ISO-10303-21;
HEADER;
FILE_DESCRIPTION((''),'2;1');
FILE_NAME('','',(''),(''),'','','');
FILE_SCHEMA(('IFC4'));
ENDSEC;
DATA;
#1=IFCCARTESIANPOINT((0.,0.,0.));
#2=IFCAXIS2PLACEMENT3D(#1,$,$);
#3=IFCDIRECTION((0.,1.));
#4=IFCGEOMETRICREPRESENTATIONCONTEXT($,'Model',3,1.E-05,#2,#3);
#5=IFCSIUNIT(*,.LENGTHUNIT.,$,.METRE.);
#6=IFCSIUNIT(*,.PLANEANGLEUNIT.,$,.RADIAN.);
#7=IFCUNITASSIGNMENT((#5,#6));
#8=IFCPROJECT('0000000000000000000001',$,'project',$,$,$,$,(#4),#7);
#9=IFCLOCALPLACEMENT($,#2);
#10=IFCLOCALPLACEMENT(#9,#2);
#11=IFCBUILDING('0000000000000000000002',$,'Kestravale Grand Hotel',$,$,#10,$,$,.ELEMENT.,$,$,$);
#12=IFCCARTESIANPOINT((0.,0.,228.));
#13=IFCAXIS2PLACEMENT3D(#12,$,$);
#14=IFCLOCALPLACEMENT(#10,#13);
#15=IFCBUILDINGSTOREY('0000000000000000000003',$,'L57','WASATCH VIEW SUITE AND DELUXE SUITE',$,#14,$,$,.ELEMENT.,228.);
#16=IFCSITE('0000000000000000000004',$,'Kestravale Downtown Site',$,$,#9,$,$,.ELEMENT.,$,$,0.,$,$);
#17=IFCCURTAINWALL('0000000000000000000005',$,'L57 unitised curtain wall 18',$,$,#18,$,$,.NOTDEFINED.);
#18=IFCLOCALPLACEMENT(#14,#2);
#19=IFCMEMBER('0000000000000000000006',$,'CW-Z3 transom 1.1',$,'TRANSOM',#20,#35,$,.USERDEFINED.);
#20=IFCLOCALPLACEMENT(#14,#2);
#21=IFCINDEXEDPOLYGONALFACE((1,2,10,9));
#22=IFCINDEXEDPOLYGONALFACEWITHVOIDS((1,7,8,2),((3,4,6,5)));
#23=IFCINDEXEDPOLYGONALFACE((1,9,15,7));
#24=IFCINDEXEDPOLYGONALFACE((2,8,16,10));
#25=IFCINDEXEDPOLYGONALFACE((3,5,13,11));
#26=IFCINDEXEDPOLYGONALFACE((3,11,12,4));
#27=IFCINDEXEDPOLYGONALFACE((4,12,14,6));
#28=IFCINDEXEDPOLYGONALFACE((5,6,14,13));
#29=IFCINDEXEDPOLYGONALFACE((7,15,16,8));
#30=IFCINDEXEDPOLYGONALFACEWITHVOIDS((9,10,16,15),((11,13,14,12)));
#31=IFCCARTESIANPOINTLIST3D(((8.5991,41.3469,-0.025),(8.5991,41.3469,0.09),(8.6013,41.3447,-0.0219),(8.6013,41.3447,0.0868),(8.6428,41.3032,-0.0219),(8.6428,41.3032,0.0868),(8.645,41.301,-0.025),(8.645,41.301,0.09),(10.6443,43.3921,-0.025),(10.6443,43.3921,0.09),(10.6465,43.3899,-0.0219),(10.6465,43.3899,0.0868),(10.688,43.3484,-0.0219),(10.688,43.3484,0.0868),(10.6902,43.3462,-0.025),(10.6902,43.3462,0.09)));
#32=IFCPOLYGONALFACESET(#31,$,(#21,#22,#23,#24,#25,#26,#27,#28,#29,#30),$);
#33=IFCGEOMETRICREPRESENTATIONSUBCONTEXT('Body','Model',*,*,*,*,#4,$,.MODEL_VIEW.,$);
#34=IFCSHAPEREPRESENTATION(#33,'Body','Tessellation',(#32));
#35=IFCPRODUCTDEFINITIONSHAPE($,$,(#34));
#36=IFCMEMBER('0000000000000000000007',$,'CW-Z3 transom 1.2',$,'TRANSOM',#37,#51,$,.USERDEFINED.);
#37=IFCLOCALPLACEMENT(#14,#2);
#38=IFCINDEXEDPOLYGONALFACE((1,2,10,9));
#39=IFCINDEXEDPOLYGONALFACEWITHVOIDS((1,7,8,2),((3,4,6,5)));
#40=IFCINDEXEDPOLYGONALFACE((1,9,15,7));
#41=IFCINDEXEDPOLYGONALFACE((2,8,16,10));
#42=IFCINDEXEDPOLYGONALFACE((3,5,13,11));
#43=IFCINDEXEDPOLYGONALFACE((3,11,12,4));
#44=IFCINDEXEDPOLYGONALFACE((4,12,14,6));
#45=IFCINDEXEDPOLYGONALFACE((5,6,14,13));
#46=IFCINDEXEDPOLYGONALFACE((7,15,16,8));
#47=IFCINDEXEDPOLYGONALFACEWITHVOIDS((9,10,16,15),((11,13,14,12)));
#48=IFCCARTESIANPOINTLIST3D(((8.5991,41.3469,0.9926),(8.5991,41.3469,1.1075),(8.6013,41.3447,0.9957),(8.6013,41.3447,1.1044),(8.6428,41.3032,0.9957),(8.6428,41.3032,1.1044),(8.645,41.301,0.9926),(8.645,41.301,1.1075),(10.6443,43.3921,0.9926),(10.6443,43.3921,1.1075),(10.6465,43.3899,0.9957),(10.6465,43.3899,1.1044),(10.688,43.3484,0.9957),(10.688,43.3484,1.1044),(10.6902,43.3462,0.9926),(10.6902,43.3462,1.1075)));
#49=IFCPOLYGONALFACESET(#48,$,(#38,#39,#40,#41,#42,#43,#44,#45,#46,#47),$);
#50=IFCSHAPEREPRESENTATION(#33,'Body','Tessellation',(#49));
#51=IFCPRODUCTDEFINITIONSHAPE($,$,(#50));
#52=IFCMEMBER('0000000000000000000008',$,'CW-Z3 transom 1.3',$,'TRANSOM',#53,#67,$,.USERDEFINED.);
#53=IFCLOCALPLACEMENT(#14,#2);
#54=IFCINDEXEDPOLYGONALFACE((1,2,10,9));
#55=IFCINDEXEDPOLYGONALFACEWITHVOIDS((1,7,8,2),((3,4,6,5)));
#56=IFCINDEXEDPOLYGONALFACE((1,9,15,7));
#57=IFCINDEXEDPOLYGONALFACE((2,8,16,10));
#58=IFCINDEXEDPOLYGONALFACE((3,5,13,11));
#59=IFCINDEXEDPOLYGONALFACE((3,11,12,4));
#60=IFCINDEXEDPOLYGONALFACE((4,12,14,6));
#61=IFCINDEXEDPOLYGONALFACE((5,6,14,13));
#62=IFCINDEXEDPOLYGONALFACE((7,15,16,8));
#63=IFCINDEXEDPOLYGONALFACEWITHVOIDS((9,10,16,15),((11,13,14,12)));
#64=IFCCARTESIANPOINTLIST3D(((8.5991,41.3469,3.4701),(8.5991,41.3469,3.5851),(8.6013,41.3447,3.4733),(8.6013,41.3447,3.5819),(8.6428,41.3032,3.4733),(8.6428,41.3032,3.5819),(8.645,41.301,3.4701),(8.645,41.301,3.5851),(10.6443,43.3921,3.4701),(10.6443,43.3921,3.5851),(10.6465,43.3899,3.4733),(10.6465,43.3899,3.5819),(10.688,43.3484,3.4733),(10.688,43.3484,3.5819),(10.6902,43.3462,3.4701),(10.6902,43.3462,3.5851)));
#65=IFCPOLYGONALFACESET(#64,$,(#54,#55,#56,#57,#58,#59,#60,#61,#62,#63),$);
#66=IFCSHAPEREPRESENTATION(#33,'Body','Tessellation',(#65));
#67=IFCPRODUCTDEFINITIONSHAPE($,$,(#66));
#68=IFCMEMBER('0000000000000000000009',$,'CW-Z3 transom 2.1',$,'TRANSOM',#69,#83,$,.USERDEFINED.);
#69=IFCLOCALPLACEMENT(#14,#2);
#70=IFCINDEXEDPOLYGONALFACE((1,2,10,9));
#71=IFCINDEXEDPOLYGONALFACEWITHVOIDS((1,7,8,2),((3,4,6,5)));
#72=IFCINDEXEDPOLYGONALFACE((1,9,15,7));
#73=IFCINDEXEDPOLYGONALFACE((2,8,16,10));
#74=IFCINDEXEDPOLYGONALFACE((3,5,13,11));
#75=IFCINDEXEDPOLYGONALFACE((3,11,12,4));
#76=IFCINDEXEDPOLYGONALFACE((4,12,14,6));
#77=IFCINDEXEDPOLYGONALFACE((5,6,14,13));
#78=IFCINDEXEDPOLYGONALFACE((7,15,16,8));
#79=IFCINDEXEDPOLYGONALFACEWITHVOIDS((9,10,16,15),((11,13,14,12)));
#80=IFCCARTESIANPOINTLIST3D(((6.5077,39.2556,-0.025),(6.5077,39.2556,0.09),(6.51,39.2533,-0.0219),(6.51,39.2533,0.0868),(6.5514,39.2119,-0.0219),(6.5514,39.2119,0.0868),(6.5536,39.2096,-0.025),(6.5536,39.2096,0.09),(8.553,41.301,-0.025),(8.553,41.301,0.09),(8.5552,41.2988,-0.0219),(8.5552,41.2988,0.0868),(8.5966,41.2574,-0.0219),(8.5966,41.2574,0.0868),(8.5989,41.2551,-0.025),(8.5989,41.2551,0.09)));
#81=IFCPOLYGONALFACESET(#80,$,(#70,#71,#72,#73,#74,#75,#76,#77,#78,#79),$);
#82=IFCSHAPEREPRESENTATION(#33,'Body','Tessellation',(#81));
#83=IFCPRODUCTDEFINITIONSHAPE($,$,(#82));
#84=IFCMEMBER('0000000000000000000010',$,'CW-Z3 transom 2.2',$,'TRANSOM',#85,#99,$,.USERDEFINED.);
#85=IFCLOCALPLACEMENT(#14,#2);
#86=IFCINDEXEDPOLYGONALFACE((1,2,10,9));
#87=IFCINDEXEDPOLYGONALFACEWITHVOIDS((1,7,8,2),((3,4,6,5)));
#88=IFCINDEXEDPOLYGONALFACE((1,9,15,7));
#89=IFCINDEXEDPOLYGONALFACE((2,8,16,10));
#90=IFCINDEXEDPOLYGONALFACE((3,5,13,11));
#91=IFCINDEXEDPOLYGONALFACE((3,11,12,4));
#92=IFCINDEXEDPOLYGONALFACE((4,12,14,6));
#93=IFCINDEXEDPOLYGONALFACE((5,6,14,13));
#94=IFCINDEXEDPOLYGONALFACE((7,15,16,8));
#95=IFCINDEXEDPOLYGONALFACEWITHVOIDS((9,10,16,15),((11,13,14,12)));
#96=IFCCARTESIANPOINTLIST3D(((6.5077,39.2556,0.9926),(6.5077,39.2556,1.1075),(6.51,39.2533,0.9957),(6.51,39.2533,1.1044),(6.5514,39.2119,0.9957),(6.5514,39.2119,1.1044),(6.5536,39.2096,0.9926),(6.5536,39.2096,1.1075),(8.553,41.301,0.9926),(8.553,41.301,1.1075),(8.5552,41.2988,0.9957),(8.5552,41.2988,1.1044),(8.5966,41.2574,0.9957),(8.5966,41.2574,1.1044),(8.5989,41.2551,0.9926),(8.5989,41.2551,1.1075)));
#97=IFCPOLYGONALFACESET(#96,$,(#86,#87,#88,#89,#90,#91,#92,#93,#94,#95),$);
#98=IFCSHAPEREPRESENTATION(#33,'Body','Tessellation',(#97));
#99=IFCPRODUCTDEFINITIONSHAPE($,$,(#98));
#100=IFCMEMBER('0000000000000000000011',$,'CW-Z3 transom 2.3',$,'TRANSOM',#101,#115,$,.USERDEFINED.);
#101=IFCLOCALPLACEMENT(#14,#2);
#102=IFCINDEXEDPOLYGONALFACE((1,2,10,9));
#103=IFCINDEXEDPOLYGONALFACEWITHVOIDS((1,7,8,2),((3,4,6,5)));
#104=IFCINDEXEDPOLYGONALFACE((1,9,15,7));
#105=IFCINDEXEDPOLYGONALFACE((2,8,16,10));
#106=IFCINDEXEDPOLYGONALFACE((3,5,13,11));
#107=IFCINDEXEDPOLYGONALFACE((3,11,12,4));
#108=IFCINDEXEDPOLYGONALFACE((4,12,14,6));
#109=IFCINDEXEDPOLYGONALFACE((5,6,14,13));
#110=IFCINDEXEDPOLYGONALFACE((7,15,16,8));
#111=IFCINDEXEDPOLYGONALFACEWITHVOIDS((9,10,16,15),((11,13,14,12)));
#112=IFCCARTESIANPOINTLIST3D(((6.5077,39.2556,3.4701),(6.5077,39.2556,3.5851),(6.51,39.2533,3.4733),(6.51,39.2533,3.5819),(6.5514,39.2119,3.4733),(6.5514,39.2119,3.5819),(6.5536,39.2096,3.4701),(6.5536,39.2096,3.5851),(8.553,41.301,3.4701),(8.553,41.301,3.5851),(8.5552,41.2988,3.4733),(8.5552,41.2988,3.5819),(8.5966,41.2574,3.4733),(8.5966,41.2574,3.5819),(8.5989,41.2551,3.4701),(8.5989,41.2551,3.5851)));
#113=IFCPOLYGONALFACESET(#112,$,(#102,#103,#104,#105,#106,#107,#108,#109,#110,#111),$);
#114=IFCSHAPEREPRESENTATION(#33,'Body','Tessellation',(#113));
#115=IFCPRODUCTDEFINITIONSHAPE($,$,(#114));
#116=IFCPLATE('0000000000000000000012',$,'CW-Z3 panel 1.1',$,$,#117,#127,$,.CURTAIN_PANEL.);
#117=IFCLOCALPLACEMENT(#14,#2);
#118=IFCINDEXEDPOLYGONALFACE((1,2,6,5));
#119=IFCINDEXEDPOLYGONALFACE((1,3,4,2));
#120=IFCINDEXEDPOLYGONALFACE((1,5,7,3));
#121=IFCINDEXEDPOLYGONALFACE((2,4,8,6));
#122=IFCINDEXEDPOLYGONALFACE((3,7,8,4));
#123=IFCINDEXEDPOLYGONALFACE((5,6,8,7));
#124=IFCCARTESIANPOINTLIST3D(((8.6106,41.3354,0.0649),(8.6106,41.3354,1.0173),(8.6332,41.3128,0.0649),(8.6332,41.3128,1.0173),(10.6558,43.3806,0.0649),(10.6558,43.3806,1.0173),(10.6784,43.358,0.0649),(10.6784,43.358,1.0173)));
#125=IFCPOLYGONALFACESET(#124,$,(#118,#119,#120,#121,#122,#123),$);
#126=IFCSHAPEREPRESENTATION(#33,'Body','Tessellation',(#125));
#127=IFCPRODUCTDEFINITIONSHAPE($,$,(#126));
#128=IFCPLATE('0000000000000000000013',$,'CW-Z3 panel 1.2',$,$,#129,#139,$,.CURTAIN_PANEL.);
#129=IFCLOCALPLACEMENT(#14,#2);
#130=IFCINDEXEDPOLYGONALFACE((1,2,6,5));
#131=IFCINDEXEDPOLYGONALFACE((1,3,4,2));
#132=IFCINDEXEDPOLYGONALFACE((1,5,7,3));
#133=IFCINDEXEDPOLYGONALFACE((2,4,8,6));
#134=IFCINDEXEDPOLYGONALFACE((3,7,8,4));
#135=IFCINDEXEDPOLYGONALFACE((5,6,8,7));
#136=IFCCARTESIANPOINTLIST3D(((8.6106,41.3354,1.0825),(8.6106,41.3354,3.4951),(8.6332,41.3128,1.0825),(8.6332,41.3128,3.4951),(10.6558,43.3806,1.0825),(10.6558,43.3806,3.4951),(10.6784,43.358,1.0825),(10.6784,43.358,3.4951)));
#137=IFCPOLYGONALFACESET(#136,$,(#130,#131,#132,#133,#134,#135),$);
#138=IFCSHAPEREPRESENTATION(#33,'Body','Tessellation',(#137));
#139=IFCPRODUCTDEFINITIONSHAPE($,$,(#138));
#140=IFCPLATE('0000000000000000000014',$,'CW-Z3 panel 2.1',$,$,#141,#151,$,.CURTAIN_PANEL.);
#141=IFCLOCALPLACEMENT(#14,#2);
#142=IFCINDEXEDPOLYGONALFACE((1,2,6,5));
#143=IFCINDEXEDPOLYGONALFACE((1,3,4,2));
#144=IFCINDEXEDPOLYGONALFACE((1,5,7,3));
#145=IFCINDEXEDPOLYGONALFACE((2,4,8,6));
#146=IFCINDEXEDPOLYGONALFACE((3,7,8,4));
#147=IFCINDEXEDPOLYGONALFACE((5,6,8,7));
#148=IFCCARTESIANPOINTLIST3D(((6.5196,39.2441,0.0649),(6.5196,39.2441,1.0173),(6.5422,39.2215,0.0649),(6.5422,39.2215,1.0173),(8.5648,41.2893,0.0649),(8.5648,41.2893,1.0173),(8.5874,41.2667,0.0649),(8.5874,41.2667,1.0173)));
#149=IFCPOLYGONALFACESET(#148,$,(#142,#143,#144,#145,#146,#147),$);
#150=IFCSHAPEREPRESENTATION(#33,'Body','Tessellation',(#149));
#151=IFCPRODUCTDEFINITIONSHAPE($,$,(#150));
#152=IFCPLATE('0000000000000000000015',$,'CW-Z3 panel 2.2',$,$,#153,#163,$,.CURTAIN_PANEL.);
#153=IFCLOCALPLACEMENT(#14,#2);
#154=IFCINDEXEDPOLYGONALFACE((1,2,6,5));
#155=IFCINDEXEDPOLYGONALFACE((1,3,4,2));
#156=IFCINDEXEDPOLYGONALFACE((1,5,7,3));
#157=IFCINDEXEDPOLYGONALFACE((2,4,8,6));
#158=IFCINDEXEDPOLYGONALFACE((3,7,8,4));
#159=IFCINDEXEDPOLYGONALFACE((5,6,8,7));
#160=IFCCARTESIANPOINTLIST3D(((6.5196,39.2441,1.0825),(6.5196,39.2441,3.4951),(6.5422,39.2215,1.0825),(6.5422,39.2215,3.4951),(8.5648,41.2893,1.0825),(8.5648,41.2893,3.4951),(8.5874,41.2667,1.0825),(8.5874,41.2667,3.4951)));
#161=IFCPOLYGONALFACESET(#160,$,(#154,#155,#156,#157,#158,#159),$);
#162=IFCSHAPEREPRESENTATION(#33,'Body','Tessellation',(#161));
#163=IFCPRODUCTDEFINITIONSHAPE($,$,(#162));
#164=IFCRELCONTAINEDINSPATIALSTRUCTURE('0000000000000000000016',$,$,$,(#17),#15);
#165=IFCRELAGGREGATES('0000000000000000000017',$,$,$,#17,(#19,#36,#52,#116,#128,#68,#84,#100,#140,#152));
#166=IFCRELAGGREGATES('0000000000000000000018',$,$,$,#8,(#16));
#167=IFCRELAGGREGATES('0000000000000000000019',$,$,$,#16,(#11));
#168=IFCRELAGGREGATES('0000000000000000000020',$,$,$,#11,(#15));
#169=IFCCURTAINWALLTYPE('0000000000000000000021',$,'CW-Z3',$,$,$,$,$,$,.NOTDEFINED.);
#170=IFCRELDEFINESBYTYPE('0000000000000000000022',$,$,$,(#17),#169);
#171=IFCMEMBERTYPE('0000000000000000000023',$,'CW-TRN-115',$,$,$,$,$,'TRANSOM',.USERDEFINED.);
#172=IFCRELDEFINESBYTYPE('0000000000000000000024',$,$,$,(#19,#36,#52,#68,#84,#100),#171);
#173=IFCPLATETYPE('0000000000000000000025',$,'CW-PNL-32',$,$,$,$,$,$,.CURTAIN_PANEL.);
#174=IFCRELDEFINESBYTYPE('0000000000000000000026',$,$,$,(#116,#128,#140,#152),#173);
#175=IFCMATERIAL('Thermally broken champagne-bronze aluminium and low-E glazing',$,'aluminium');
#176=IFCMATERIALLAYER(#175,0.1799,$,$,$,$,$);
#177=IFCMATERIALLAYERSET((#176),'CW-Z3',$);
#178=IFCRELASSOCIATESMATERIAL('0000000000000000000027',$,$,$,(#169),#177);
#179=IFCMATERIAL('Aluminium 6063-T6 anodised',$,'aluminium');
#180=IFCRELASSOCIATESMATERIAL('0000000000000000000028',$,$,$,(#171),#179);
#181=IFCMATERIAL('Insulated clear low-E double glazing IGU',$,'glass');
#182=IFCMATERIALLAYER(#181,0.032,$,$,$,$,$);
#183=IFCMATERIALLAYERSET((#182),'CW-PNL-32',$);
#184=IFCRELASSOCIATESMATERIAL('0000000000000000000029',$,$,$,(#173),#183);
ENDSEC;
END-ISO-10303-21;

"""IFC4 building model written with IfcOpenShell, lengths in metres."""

from ifc_helpers import new_model, si_unit, direction, frame, origin, origin_2d, place, context, subcontext, project, spatial, rectangle, hollow_rectangle, extrude, material, layer, layer_set, material_profile, profile_set, type_object, element, aggregate, save


model = new_model("IFC4")

# Units and contexts
model_context = context("Model", 3, precision=1e-05, world=origin(), true_north=direction((0.0, 1.0)))
body_context = subcontext(model_context, "Body", "Model", "MODEL_VIEW")
ifc_project = project(units=[si_unit("LENGTHUNIT", "METRE"), si_unit("PLANEANGLEUNIT", "RADIAN")], contexts=[model_context])

# Site, building, storey
site_placement = place(None, origin())
site = spatial("IfcSite", under=ifc_project, at=site_placement, Name="Kestravale Downtown Site", CompositionType="ELEMENT", RefElevation=0.0)
building_placement = place(site_placement, origin())
building = spatial("IfcBuilding", under=site, at=building_placement, Name="Kestravale Grand Hotel", CompositionType="ELEMENT")
storey_placement = place(building_placement, frame((0.0, 0.0, 228.0)))
storey = spatial("IfcBuildingStorey", under=building, at=storey_placement, Name="L57", Description="WASATCH VIEW SUITE AND DELUXE SUITE", CompositionType="ELEMENT", Elevation=228.0)

# Curtain wall, members, plates
ifc_material_1 = material(Name="Thermally broken champagne-bronze aluminium and low-E glazing", Category="aluminium")
ifc_layer_1 = layer(ifc_material_1, 0.1799)
ifc_layer_set_1 = layer_set([ifc_layer_1], Name="CW-Z3")
curtain_wall_type = type_object("IfcCurtainWallType", Name="CW-Z3", PredefinedType="NOTDEFINED", material=ifc_layer_set_1)
curtain_wall_placement = place(storey_placement, origin())
curtain_wall = element("IfcCurtainWall", 1, at=curtain_wall_placement, inside=storey, type_object=curtain_wall_type, Name="L57 unitised curtain wall 18", PredefinedType="NOTDEFINED")
ifc_material_2 = material(Name="Aluminium 6063-T6 anodised", Category="aluminium")
ifc_material_profile_1 = material_profile(ifc_material_2, hollow_rectangle(XDim=0.0649, YDim=0.115, WallThickness=0.0032, at=origin_2d()))
ifc_profile_set_1 = profile_set([ifc_material_profile_1], Name="Aluminium 6063-T6 anodised")
member_type_1 = type_object("IfcMemberType", Name="CW-TRN-115", ElementType="TRANSOM", PredefinedType="USERDEFINED", material=ifc_profile_set_1)
member_1_placement = place(storey_placement, frame((10.6672, 43.3691, 0.0325), z_axis=(-0.707107, -0.707107, 0.0), x_axis=(0.707107, -0.707107, 0.0)))
member_1 = element("IfcMember", 2, at=member_1_placement, type_object=member_type_1, Name="CW-Z3 transom 1.1", ObjectType="TRANSOM", PredefinedType="USERDEFINED", context=body_context, shape_type="SweptSolid", body=[
    extrude(hollow_rectangle(XDim=0.0649, YDim=0.115, WallThickness=0.0032, at=origin_2d()), origin(), (0.0, 0.0, 1.0), 2.8923),
])
member_2_placement = place(storey_placement, frame((10.6672, 43.3691, 1.05), z_axis=(-0.707107, -0.707107, 0.0), x_axis=(0.707107, -0.707107, 0.0)))
member_2 = element("IfcMember", 3, at=member_2_placement, type_object=member_type_1, Name="CW-Z3 transom 1.2", ObjectType="TRANSOM", PredefinedType="USERDEFINED", context=body_context, shape_type="SweptSolid", body=[
    extrude(hollow_rectangle(XDim=0.0649, YDim=0.115, WallThickness=0.0032, at=origin_2d()), origin(), (0.0, 0.0, 1.0), 2.8923),
])
member_3_placement = place(storey_placement, frame((10.6672, 43.3691, 3.5276), z_axis=(-0.707107, -0.707107, 0.0), x_axis=(0.707107, -0.707107, 0.0)))
member_3 = element("IfcMember", 4, at=member_3_placement, type_object=member_type_1, Name="CW-Z3 transom 1.3", ObjectType="TRANSOM", PredefinedType="USERDEFINED", context=body_context, shape_type="SweptSolid", body=[
    extrude(hollow_rectangle(XDim=0.0649, YDim=0.115, WallThickness=0.0032, at=origin_2d()), origin(), (0.0, 0.0, 1.0), 2.8923),
])
member_4_placement = place(storey_placement, frame((8.5759, 41.2781, 0.0325), z_axis=(-0.707065, -0.707149, 0.0), x_axis=(0.707149, -0.707065, 0.0)))
member_4 = element("IfcMember", 5, at=member_4_placement, type_object=member_type_1, Name="CW-Z3 transom 2.1", ObjectType="TRANSOM", PredefinedType="USERDEFINED", context=body_context, shape_type="SweptSolid", body=[
    extrude(hollow_rectangle(XDim=0.0649, YDim=0.115, WallThickness=0.0032, at=origin_2d()), origin(), (0.0, 0.0, 1.0), 2.8926),
])
member_5_placement = place(storey_placement, frame((8.5759, 41.2781, 1.05), z_axis=(-0.707065, -0.707149, 0.0), x_axis=(0.707149, -0.707065, 0.0)))
member_5 = element("IfcMember", 6, at=member_5_placement, type_object=member_type_1, Name="CW-Z3 transom 2.2", ObjectType="TRANSOM", PredefinedType="USERDEFINED", context=body_context, shape_type="SweptSolid", body=[
    extrude(hollow_rectangle(XDim=0.0649, YDim=0.115, WallThickness=0.0032, at=origin_2d()), origin(), (0.0, 0.0, 1.0), 2.8926),
])
member_6_placement = place(storey_placement, frame((8.5759, 41.2781, 3.5276), z_axis=(-0.707065, -0.707149, 0.0), x_axis=(0.707149, -0.707065, 0.0)))
member_6 = element("IfcMember", 7, at=member_6_placement, type_object=member_type_1, Name="CW-Z3 transom 2.3", ObjectType="TRANSOM", PredefinedType="USERDEFINED", context=body_context, shape_type="SweptSolid", body=[
    extrude(hollow_rectangle(XDim=0.0649, YDim=0.115, WallThickness=0.0032, at=origin_2d()), origin(), (0.0, 0.0, 1.0), 2.8926),
])
ifc_material_3 = material(Name="Insulated clear low-E double glazing IGU", Category="glass")
ifc_layer_2 = layer(ifc_material_3, 0.032)
ifc_layer_set_2 = layer_set([ifc_layer_2], Name="CW-PNL-32")
plate_type = type_object("IfcPlateType", Name="CW-PNL-32", PredefinedType="CURTAIN_PANEL", material=ifc_layer_set_2)
plate_1_placement = place(storey_placement, frame((9.6445, 42.3467, 0.0649), z_axis=(0.0, 0.0, 1.0), x_axis=(-0.707107, -0.707107, 0.0)))
plate_1 = element("IfcPlate", 8, at=plate_1_placement, type_object=plate_type, Name="CW-Z3 panel 1.1", PredefinedType="CURTAIN_PANEL", context=body_context, shape_type="SweptSolid", body=[
    extrude(rectangle(XDim=2.8923, YDim=0.032, at=origin_2d()), origin(), (0.0, 0.0, 1.0), 0.9524),
])
plate_2_placement = place(storey_placement, frame((9.6445, 42.3467, 1.0825), z_axis=(0.0, 0.0, 1.0), x_axis=(-0.707107, -0.707107, 0.0)))
plate_2 = element("IfcPlate", 9, at=plate_2_placement, type_object=plate_type, Name="CW-Z3 panel 1.2", PredefinedType="CURTAIN_PANEL", context=body_context, shape_type="SweptSolid", body=[
    extrude(rectangle(XDim=2.8923, YDim=0.032, at=origin_2d()), origin(), (0.0, 0.0, 1.0), 2.4126),
])
plate_3_placement = place(storey_placement, frame((7.5535, 40.2554, 0.0649), z_axis=(0.0, 0.0, 1.0), x_axis=(-0.707107, -0.707107, 0.0)))
plate_3 = element("IfcPlate", 10, at=plate_3_placement, type_object=plate_type, Name="CW-Z3 panel 2.1", PredefinedType="CURTAIN_PANEL", context=body_context, shape_type="SweptSolid", body=[
    extrude(rectangle(XDim=2.8923, YDim=0.032, at=origin_2d()), origin(), (0.0, 0.0, 1.0), 0.9524),
])
plate_4_placement = place(storey_placement, frame((7.5535, 40.2554, 1.0825), z_axis=(0.0, 0.0, 1.0), x_axis=(-0.707107, -0.707107, 0.0)))
plate_4 = element("IfcPlate", 11, at=plate_4_placement, type_object=plate_type, Name="CW-Z3 panel 2.2", PredefinedType="CURTAIN_PANEL", context=body_context, shape_type="SweptSolid", body=[
    extrude(rectangle(XDim=2.8923, YDim=0.032, at=origin_2d()), origin(), (0.0, 0.0, 1.0), 2.4126),
])
aggregate(curtain_wall, [member_1, member_2, member_3, plate_1, plate_2, member_4, member_5, member_6, plate_3, plate_4])

save(model, "model.ifc")
